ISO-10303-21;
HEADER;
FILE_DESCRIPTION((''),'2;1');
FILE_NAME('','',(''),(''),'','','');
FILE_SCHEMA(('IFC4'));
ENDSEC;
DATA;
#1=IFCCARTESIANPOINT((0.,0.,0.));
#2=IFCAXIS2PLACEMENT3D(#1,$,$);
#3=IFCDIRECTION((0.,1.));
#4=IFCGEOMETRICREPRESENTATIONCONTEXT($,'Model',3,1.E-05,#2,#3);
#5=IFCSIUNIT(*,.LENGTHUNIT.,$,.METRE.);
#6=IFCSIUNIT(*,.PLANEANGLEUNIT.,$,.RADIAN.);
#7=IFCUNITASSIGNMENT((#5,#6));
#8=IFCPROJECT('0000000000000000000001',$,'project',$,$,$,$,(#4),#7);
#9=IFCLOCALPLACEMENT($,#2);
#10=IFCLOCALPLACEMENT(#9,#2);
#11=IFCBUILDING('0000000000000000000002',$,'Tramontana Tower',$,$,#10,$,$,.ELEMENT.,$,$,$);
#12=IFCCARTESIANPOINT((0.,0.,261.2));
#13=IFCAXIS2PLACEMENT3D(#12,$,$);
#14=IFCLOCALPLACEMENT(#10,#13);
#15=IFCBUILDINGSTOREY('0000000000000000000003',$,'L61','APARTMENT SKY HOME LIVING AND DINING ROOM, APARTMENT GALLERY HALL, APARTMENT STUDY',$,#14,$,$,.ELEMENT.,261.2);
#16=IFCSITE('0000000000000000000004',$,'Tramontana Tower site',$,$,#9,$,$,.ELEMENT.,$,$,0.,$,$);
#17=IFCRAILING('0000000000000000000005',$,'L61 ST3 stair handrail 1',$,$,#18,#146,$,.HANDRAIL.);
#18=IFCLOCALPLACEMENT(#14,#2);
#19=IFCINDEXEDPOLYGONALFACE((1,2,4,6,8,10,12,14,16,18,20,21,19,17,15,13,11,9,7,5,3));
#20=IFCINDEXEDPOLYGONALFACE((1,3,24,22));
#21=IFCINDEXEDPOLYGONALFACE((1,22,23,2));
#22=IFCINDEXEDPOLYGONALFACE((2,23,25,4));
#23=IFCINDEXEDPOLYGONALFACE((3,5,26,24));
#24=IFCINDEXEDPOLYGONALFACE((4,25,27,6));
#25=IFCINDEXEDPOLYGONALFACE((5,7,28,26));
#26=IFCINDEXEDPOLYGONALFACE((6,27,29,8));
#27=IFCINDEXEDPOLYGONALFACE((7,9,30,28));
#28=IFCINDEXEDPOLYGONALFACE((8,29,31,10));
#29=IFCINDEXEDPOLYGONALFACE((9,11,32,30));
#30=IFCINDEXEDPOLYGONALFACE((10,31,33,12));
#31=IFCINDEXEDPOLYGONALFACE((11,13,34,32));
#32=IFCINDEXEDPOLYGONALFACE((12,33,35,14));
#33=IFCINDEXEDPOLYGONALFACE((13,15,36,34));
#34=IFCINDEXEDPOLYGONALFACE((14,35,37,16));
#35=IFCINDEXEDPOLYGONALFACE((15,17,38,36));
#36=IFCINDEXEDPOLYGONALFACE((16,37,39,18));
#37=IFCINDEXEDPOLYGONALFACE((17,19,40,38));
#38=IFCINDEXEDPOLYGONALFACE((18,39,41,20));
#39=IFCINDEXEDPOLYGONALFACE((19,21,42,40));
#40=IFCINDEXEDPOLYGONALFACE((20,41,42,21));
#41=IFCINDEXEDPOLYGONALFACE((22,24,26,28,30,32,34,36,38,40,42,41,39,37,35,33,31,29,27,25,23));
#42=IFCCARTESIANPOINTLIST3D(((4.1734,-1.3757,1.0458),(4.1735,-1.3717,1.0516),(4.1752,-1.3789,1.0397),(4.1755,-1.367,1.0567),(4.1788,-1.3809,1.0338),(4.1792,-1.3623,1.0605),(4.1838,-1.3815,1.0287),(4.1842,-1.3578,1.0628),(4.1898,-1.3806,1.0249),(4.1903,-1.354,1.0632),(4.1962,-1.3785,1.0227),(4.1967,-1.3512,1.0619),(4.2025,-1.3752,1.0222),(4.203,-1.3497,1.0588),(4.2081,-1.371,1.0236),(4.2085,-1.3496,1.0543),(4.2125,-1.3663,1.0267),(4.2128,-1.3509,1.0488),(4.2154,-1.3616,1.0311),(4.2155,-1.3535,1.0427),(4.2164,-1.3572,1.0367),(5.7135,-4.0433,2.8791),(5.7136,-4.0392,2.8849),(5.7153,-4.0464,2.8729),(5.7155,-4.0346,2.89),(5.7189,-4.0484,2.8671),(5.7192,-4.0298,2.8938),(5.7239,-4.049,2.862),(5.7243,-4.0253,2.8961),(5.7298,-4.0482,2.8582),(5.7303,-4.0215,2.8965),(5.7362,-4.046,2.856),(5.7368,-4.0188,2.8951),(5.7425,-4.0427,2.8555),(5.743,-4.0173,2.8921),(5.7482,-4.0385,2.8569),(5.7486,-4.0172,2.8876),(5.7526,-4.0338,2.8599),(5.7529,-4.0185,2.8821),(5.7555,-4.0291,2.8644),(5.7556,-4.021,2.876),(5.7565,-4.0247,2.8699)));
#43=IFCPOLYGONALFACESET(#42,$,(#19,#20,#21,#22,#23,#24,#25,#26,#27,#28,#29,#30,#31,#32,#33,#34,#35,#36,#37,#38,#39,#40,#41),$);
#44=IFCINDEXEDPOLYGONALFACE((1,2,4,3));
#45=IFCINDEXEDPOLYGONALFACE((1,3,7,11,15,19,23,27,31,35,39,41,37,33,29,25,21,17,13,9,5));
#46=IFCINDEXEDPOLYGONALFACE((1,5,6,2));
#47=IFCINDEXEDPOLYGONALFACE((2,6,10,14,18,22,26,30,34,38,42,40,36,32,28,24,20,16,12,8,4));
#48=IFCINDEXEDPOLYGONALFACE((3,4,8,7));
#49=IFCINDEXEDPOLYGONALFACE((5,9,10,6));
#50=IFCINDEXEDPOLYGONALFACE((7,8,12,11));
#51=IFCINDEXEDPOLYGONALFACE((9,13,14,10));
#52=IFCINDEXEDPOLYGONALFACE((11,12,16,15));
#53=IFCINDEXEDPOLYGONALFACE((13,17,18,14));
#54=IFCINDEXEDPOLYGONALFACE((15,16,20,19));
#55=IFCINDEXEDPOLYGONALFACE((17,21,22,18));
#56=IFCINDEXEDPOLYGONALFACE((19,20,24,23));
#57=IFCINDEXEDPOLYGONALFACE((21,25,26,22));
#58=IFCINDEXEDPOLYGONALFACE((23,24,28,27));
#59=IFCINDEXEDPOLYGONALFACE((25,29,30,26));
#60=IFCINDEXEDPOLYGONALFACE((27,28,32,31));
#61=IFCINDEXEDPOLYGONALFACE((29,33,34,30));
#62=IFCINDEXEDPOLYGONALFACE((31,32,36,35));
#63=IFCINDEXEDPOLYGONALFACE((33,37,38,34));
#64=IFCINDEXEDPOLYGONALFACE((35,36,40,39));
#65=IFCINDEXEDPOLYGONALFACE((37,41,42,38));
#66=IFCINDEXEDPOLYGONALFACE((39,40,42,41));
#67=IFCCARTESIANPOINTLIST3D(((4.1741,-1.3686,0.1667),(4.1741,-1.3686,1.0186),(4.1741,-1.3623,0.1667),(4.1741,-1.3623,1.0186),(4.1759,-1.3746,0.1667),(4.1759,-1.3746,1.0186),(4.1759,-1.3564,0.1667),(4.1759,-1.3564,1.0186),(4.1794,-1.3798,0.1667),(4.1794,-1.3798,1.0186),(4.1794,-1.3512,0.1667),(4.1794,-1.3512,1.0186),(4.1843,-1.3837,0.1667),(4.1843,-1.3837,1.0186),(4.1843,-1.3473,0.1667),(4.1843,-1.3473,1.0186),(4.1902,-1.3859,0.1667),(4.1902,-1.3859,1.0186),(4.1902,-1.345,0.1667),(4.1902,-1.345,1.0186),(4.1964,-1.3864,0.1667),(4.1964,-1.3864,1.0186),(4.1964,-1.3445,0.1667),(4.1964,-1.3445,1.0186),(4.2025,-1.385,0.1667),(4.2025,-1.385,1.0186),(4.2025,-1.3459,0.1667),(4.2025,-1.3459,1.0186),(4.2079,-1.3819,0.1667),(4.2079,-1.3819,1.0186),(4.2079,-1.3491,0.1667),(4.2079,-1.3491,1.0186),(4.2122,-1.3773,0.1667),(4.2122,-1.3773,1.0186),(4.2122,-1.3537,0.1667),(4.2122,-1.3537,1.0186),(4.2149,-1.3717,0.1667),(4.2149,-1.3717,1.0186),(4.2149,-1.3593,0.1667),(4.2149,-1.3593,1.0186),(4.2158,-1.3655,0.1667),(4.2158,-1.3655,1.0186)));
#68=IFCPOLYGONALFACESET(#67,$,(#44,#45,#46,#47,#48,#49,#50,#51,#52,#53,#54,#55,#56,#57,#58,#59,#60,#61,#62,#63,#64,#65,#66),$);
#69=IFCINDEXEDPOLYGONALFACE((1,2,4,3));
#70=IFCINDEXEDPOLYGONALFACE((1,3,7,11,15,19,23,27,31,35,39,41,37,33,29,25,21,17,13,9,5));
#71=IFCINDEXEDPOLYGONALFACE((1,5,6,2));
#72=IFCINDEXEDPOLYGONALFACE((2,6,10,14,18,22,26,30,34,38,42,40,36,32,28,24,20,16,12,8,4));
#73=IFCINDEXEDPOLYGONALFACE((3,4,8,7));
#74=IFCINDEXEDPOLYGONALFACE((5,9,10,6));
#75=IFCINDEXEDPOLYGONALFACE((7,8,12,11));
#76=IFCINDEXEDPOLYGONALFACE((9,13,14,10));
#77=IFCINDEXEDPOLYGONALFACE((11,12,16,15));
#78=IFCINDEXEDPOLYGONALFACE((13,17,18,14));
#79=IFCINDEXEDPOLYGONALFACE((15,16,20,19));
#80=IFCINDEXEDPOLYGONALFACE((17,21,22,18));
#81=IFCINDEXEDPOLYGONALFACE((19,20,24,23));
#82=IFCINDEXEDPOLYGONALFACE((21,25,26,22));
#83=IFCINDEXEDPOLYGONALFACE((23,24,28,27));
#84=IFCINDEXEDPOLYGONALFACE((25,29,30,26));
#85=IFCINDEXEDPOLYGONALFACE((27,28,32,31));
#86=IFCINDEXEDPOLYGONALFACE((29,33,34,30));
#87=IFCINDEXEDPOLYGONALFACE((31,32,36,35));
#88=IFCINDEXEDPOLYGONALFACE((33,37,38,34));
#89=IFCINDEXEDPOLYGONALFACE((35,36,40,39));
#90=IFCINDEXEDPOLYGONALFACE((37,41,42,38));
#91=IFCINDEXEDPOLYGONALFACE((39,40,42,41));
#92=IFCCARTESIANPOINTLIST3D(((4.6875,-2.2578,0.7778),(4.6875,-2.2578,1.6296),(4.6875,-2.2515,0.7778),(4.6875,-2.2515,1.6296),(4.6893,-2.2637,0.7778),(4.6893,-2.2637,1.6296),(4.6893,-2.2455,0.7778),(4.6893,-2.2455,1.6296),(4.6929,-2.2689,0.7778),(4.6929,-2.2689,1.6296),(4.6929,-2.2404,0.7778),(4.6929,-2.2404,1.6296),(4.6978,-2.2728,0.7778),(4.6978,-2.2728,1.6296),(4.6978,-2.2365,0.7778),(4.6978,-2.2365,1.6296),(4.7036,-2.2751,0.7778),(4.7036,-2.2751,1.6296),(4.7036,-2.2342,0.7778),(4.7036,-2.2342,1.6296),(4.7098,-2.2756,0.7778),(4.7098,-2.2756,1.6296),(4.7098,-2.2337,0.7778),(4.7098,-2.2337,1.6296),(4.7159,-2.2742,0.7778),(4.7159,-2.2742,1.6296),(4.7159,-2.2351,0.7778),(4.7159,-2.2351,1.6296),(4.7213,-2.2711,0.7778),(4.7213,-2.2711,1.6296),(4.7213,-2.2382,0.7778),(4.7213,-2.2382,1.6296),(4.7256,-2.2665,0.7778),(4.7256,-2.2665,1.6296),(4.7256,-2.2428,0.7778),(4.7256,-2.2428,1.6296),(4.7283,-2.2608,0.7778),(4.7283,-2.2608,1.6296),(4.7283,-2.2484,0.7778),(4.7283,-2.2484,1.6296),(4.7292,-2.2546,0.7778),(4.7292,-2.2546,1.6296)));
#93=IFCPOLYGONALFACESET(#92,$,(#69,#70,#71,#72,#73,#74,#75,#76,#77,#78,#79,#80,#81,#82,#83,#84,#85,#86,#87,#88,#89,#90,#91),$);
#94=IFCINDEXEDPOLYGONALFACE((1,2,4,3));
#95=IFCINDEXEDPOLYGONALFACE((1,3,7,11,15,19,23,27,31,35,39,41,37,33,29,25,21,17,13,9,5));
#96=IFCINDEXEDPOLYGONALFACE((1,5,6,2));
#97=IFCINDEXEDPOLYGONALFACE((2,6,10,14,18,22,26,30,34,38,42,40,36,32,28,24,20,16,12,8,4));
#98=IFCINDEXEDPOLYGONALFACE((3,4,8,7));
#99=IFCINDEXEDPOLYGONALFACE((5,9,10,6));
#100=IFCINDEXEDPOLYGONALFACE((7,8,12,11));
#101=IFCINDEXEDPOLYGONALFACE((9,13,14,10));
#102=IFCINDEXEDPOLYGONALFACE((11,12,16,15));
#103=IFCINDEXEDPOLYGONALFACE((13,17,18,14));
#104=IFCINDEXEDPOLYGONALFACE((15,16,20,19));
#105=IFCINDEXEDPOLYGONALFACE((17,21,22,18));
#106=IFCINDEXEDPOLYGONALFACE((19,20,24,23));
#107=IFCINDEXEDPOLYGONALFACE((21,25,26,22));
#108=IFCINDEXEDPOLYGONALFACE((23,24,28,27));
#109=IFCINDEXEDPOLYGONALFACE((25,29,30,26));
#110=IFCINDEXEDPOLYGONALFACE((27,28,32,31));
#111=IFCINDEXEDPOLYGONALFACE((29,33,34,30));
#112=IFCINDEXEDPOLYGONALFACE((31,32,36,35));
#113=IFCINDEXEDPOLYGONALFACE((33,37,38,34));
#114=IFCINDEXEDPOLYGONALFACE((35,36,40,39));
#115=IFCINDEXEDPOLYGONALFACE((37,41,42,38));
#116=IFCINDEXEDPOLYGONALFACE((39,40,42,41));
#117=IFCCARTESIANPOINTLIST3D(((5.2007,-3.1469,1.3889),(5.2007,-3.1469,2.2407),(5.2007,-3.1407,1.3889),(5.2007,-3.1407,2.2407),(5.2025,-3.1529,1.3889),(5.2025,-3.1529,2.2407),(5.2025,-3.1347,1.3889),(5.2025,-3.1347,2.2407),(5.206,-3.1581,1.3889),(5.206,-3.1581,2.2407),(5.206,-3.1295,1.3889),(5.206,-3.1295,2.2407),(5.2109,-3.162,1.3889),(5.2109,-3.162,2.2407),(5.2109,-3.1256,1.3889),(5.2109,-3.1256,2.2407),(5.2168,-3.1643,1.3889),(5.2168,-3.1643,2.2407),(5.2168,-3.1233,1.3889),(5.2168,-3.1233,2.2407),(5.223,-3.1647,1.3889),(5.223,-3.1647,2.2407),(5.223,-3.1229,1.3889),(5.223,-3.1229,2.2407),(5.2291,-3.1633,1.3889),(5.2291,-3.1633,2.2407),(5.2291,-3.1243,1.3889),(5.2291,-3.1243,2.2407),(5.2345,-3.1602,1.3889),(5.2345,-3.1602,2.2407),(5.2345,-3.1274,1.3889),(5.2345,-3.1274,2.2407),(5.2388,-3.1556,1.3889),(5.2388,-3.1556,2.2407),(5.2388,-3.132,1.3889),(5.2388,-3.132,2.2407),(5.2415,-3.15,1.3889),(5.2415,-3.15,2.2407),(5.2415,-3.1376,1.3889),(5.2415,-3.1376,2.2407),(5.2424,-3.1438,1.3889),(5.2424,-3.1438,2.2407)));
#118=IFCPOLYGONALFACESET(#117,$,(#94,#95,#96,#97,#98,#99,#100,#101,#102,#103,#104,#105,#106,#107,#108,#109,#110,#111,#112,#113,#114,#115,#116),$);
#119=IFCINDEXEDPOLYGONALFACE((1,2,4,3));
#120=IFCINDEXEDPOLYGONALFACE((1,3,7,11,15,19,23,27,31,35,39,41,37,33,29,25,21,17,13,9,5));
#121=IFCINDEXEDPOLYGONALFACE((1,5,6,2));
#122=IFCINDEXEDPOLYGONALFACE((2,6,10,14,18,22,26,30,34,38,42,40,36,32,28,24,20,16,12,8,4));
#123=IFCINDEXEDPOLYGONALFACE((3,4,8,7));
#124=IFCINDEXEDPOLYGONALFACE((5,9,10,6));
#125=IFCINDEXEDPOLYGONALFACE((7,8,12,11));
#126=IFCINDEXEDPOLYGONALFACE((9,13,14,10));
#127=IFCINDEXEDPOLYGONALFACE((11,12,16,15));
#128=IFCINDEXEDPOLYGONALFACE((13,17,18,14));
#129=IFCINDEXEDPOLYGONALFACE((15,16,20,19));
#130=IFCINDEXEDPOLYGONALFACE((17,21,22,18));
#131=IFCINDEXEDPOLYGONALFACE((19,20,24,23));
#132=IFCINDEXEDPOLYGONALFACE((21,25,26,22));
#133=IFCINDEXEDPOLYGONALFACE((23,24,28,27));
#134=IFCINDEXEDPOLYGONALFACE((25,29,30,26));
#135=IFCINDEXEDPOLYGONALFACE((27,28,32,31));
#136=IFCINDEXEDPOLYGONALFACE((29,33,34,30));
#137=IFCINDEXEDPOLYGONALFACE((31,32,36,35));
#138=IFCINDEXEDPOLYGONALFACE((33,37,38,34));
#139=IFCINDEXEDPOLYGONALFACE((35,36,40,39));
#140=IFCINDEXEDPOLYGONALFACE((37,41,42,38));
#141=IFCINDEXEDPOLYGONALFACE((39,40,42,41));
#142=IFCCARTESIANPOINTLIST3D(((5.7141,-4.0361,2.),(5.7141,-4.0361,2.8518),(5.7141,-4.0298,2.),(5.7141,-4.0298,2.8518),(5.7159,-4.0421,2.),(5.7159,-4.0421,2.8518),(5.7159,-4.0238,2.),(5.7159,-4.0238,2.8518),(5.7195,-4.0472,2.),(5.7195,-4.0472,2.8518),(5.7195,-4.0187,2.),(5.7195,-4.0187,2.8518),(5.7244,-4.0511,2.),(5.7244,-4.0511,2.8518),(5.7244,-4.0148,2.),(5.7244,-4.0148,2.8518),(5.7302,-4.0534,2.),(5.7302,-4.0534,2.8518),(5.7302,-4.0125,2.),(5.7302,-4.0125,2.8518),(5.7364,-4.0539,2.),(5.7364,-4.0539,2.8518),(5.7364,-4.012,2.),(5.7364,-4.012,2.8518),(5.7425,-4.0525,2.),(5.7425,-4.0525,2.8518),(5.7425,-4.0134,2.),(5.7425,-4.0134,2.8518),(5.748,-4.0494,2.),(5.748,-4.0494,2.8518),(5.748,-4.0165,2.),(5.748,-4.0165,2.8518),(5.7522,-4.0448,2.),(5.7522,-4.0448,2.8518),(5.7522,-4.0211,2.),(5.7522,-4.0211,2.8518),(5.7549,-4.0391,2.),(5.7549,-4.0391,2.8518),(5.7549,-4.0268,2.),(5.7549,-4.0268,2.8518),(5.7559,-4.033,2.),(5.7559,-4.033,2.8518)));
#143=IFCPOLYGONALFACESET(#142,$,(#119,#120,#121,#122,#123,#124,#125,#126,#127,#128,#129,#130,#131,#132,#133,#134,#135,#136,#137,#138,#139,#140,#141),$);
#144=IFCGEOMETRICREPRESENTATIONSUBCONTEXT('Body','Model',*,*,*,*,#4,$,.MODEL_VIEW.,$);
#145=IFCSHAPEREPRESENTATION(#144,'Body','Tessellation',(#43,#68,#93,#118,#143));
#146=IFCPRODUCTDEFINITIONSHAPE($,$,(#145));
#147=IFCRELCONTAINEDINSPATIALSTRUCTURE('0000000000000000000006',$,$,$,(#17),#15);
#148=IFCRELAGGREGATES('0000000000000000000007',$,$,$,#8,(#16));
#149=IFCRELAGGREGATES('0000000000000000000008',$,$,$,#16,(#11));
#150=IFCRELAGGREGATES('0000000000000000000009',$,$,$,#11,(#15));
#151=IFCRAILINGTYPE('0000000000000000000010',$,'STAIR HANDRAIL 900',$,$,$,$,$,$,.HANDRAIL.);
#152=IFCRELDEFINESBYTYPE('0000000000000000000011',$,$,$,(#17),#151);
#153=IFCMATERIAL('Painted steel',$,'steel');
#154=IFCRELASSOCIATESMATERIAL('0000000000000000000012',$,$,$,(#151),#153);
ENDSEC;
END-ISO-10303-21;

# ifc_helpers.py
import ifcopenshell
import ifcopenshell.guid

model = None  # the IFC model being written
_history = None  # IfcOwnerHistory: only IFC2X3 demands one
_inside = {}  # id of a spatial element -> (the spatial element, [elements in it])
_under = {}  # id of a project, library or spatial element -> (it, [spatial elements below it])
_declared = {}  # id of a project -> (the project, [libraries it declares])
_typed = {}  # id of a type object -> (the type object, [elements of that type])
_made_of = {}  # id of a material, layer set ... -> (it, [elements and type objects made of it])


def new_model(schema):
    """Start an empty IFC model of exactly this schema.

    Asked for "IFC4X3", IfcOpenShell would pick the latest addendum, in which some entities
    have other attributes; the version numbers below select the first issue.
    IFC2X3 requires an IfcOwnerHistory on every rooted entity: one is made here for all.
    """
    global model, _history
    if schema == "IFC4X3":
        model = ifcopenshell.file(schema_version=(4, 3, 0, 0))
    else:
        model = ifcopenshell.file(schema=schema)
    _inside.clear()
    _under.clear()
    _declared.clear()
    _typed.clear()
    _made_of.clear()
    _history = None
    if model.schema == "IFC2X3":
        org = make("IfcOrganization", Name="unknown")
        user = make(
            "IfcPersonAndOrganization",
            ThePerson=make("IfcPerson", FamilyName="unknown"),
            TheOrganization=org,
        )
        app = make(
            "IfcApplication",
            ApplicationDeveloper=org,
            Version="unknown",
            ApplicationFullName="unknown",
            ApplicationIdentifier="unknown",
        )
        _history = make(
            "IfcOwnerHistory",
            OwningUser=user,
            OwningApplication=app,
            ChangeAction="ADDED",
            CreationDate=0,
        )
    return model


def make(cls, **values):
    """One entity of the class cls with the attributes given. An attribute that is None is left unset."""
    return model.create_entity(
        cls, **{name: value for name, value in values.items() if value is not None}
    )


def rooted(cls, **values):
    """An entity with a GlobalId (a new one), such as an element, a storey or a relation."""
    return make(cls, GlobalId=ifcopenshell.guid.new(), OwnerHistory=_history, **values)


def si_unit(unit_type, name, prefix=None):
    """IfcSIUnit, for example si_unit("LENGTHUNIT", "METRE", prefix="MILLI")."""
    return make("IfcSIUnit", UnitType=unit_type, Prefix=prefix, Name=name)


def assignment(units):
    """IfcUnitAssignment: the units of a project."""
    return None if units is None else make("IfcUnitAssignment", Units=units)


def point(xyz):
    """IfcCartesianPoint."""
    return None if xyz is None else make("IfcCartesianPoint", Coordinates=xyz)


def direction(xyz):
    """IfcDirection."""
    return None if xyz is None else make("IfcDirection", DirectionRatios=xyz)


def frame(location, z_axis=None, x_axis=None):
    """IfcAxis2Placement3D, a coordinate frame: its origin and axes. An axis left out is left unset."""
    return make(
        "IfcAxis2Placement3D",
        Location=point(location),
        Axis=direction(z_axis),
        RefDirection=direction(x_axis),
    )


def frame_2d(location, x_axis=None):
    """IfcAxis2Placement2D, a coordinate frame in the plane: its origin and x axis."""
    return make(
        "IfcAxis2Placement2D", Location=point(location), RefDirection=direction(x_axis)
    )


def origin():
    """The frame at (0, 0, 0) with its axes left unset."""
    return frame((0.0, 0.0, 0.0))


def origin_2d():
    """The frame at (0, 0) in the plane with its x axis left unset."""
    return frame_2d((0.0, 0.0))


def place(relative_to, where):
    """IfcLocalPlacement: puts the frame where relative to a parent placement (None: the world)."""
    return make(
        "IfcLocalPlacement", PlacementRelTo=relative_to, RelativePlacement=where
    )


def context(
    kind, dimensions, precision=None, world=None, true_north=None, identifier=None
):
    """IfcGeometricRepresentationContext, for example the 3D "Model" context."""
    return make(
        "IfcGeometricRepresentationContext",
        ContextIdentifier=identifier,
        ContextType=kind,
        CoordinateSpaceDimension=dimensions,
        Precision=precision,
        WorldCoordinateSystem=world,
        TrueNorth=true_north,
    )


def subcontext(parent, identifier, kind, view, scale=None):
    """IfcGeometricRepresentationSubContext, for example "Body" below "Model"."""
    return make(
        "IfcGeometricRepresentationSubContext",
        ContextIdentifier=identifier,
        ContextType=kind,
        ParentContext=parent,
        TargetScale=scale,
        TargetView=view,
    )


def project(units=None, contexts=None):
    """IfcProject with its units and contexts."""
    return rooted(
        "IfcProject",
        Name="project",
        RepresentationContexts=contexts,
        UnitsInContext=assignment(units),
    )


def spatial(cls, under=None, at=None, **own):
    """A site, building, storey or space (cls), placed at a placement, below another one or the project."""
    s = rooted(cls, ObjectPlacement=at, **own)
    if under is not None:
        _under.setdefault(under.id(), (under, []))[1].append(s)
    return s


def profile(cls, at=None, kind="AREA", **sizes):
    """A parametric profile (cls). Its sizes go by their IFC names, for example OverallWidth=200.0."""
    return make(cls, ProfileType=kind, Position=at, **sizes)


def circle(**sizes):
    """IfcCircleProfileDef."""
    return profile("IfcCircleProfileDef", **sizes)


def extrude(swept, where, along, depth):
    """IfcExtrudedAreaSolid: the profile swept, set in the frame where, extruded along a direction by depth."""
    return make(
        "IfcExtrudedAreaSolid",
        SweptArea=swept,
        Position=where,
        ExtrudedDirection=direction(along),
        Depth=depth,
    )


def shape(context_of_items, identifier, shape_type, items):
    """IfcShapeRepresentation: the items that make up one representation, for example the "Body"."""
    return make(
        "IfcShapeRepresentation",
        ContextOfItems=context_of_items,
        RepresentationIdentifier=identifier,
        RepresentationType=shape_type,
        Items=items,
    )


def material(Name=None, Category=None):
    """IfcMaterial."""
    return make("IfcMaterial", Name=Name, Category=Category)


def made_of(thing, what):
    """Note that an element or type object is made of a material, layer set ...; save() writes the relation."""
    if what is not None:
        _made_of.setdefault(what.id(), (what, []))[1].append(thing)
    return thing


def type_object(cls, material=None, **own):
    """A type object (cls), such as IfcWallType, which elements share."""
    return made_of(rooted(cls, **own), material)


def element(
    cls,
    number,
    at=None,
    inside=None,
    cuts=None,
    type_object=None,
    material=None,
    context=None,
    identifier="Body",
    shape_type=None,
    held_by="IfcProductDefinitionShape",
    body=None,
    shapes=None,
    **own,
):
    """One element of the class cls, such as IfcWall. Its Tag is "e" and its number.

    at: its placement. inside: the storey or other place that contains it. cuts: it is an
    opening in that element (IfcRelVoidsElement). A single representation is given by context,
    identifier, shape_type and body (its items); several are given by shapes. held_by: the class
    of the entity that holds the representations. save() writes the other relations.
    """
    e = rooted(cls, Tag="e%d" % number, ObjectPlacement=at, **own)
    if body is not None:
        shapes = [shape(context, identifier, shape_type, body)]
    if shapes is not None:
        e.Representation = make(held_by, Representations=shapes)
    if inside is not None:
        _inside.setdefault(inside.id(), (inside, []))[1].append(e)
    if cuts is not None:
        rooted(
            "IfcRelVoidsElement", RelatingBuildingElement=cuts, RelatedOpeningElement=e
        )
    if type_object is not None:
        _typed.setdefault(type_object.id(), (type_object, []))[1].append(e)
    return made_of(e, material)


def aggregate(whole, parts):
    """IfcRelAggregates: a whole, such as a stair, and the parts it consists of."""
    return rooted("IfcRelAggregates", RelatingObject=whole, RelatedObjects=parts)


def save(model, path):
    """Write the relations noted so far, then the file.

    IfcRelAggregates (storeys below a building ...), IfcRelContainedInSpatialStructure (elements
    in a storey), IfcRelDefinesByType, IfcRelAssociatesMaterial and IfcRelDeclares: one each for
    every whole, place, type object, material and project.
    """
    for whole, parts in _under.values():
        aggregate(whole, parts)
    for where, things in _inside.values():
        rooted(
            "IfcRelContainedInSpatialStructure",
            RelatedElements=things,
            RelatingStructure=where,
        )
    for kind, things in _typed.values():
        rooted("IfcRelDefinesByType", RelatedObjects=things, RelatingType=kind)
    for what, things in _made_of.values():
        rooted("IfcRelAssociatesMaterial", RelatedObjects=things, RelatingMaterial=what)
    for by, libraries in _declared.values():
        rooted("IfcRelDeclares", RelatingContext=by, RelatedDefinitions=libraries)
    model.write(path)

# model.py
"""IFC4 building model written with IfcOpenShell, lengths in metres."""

from ifc_helpers import new_model, si_unit, direction, frame, origin, origin_2d, place, context, subcontext, project, spatial, circle, extrude, material, type_object, element, save


model = new_model("IFC4")

# Units and contexts
model_context = context("Model", 3, precision=1e-05, world=origin(), true_north=direction((0.0, 1.0)))
body_context = subcontext(model_context, "Body", "Model", "MODEL_VIEW")
ifc_project = project(units=[si_unit("LENGTHUNIT", "METRE"), si_unit("PLANEANGLEUNIT", "RADIAN")], contexts=[model_context])

# Site, building, storey
site_placement = place(None, origin())
site = spatial("IfcSite", under=ifc_project, at=site_placement, Name="Tramontana Tower site", CompositionType="ELEMENT", RefElevation=0.0)
building_placement = place(site_placement, origin())
building = spatial("IfcBuilding", under=site, at=building_placement, Name="Tramontana Tower", CompositionType="ELEMENT")
storey_placement = place(building_placement, frame((0.0, 0.0, 261.2)))
storey = spatial("IfcBuildingStorey", under=building, at=storey_placement, Name="L61", Description="APARTMENT SKY HOME LIVING AND DINING ROOM, APARTMENT GALLERY HALL, APARTMENT STUDY", CompositionType="ELEMENT", Elevation=261.2)

# Railing
ifc_material_1 = material(Name="Painted steel", Category="steel")
railing_type_1 = type_object("IfcRailingType", Name="STAIR HANDRAIL 900", PredefinedType="HANDRAIL", material=ifc_material_1)
railing_1_placement = place(storey_placement, frame((4.1948, -1.3655, 0.1667)))
element("IfcRailing", 1, at=railing_1_placement, inside=storey, type_object=railing_type_1, Name="L61 ST3 stair handrail 1", PredefinedType="HANDRAIL", context=body_context, shape_type="SweptSolid", body=[
    extrude(circle(Radius=0.0239, at=origin_2d()), frame((0.0, 0.0, 0.876), z_axis=(0.429649, -0.74419, 0.511452), x_axis=(0.86603, 0.499992, 0.0)), (0.0, 0.0, 1.0), 3.5845),
    extrude(circle(Radius=0.021, at=origin_2d()), origin(), (0.0, 0.0, 1.0), 0.8518),
    extrude(circle(Radius=0.021, at=origin_2d()), frame((0.5134, -0.8892, 0.6111)), (0.0, 0.0, 1.0), 0.8518),
    extrude(circle(Radius=0.021, at=origin_2d()), frame((1.0266, -1.7783, 1.2222)), (0.0, 0.0, 1.0), 0.8518),
    extrude(circle(Radius=0.021, at=origin_2d()), frame((1.54, -2.6675, 1.8333)), (0.0, 0.0, 1.0), 0.8518),
])

save(model, "model.ifc")
